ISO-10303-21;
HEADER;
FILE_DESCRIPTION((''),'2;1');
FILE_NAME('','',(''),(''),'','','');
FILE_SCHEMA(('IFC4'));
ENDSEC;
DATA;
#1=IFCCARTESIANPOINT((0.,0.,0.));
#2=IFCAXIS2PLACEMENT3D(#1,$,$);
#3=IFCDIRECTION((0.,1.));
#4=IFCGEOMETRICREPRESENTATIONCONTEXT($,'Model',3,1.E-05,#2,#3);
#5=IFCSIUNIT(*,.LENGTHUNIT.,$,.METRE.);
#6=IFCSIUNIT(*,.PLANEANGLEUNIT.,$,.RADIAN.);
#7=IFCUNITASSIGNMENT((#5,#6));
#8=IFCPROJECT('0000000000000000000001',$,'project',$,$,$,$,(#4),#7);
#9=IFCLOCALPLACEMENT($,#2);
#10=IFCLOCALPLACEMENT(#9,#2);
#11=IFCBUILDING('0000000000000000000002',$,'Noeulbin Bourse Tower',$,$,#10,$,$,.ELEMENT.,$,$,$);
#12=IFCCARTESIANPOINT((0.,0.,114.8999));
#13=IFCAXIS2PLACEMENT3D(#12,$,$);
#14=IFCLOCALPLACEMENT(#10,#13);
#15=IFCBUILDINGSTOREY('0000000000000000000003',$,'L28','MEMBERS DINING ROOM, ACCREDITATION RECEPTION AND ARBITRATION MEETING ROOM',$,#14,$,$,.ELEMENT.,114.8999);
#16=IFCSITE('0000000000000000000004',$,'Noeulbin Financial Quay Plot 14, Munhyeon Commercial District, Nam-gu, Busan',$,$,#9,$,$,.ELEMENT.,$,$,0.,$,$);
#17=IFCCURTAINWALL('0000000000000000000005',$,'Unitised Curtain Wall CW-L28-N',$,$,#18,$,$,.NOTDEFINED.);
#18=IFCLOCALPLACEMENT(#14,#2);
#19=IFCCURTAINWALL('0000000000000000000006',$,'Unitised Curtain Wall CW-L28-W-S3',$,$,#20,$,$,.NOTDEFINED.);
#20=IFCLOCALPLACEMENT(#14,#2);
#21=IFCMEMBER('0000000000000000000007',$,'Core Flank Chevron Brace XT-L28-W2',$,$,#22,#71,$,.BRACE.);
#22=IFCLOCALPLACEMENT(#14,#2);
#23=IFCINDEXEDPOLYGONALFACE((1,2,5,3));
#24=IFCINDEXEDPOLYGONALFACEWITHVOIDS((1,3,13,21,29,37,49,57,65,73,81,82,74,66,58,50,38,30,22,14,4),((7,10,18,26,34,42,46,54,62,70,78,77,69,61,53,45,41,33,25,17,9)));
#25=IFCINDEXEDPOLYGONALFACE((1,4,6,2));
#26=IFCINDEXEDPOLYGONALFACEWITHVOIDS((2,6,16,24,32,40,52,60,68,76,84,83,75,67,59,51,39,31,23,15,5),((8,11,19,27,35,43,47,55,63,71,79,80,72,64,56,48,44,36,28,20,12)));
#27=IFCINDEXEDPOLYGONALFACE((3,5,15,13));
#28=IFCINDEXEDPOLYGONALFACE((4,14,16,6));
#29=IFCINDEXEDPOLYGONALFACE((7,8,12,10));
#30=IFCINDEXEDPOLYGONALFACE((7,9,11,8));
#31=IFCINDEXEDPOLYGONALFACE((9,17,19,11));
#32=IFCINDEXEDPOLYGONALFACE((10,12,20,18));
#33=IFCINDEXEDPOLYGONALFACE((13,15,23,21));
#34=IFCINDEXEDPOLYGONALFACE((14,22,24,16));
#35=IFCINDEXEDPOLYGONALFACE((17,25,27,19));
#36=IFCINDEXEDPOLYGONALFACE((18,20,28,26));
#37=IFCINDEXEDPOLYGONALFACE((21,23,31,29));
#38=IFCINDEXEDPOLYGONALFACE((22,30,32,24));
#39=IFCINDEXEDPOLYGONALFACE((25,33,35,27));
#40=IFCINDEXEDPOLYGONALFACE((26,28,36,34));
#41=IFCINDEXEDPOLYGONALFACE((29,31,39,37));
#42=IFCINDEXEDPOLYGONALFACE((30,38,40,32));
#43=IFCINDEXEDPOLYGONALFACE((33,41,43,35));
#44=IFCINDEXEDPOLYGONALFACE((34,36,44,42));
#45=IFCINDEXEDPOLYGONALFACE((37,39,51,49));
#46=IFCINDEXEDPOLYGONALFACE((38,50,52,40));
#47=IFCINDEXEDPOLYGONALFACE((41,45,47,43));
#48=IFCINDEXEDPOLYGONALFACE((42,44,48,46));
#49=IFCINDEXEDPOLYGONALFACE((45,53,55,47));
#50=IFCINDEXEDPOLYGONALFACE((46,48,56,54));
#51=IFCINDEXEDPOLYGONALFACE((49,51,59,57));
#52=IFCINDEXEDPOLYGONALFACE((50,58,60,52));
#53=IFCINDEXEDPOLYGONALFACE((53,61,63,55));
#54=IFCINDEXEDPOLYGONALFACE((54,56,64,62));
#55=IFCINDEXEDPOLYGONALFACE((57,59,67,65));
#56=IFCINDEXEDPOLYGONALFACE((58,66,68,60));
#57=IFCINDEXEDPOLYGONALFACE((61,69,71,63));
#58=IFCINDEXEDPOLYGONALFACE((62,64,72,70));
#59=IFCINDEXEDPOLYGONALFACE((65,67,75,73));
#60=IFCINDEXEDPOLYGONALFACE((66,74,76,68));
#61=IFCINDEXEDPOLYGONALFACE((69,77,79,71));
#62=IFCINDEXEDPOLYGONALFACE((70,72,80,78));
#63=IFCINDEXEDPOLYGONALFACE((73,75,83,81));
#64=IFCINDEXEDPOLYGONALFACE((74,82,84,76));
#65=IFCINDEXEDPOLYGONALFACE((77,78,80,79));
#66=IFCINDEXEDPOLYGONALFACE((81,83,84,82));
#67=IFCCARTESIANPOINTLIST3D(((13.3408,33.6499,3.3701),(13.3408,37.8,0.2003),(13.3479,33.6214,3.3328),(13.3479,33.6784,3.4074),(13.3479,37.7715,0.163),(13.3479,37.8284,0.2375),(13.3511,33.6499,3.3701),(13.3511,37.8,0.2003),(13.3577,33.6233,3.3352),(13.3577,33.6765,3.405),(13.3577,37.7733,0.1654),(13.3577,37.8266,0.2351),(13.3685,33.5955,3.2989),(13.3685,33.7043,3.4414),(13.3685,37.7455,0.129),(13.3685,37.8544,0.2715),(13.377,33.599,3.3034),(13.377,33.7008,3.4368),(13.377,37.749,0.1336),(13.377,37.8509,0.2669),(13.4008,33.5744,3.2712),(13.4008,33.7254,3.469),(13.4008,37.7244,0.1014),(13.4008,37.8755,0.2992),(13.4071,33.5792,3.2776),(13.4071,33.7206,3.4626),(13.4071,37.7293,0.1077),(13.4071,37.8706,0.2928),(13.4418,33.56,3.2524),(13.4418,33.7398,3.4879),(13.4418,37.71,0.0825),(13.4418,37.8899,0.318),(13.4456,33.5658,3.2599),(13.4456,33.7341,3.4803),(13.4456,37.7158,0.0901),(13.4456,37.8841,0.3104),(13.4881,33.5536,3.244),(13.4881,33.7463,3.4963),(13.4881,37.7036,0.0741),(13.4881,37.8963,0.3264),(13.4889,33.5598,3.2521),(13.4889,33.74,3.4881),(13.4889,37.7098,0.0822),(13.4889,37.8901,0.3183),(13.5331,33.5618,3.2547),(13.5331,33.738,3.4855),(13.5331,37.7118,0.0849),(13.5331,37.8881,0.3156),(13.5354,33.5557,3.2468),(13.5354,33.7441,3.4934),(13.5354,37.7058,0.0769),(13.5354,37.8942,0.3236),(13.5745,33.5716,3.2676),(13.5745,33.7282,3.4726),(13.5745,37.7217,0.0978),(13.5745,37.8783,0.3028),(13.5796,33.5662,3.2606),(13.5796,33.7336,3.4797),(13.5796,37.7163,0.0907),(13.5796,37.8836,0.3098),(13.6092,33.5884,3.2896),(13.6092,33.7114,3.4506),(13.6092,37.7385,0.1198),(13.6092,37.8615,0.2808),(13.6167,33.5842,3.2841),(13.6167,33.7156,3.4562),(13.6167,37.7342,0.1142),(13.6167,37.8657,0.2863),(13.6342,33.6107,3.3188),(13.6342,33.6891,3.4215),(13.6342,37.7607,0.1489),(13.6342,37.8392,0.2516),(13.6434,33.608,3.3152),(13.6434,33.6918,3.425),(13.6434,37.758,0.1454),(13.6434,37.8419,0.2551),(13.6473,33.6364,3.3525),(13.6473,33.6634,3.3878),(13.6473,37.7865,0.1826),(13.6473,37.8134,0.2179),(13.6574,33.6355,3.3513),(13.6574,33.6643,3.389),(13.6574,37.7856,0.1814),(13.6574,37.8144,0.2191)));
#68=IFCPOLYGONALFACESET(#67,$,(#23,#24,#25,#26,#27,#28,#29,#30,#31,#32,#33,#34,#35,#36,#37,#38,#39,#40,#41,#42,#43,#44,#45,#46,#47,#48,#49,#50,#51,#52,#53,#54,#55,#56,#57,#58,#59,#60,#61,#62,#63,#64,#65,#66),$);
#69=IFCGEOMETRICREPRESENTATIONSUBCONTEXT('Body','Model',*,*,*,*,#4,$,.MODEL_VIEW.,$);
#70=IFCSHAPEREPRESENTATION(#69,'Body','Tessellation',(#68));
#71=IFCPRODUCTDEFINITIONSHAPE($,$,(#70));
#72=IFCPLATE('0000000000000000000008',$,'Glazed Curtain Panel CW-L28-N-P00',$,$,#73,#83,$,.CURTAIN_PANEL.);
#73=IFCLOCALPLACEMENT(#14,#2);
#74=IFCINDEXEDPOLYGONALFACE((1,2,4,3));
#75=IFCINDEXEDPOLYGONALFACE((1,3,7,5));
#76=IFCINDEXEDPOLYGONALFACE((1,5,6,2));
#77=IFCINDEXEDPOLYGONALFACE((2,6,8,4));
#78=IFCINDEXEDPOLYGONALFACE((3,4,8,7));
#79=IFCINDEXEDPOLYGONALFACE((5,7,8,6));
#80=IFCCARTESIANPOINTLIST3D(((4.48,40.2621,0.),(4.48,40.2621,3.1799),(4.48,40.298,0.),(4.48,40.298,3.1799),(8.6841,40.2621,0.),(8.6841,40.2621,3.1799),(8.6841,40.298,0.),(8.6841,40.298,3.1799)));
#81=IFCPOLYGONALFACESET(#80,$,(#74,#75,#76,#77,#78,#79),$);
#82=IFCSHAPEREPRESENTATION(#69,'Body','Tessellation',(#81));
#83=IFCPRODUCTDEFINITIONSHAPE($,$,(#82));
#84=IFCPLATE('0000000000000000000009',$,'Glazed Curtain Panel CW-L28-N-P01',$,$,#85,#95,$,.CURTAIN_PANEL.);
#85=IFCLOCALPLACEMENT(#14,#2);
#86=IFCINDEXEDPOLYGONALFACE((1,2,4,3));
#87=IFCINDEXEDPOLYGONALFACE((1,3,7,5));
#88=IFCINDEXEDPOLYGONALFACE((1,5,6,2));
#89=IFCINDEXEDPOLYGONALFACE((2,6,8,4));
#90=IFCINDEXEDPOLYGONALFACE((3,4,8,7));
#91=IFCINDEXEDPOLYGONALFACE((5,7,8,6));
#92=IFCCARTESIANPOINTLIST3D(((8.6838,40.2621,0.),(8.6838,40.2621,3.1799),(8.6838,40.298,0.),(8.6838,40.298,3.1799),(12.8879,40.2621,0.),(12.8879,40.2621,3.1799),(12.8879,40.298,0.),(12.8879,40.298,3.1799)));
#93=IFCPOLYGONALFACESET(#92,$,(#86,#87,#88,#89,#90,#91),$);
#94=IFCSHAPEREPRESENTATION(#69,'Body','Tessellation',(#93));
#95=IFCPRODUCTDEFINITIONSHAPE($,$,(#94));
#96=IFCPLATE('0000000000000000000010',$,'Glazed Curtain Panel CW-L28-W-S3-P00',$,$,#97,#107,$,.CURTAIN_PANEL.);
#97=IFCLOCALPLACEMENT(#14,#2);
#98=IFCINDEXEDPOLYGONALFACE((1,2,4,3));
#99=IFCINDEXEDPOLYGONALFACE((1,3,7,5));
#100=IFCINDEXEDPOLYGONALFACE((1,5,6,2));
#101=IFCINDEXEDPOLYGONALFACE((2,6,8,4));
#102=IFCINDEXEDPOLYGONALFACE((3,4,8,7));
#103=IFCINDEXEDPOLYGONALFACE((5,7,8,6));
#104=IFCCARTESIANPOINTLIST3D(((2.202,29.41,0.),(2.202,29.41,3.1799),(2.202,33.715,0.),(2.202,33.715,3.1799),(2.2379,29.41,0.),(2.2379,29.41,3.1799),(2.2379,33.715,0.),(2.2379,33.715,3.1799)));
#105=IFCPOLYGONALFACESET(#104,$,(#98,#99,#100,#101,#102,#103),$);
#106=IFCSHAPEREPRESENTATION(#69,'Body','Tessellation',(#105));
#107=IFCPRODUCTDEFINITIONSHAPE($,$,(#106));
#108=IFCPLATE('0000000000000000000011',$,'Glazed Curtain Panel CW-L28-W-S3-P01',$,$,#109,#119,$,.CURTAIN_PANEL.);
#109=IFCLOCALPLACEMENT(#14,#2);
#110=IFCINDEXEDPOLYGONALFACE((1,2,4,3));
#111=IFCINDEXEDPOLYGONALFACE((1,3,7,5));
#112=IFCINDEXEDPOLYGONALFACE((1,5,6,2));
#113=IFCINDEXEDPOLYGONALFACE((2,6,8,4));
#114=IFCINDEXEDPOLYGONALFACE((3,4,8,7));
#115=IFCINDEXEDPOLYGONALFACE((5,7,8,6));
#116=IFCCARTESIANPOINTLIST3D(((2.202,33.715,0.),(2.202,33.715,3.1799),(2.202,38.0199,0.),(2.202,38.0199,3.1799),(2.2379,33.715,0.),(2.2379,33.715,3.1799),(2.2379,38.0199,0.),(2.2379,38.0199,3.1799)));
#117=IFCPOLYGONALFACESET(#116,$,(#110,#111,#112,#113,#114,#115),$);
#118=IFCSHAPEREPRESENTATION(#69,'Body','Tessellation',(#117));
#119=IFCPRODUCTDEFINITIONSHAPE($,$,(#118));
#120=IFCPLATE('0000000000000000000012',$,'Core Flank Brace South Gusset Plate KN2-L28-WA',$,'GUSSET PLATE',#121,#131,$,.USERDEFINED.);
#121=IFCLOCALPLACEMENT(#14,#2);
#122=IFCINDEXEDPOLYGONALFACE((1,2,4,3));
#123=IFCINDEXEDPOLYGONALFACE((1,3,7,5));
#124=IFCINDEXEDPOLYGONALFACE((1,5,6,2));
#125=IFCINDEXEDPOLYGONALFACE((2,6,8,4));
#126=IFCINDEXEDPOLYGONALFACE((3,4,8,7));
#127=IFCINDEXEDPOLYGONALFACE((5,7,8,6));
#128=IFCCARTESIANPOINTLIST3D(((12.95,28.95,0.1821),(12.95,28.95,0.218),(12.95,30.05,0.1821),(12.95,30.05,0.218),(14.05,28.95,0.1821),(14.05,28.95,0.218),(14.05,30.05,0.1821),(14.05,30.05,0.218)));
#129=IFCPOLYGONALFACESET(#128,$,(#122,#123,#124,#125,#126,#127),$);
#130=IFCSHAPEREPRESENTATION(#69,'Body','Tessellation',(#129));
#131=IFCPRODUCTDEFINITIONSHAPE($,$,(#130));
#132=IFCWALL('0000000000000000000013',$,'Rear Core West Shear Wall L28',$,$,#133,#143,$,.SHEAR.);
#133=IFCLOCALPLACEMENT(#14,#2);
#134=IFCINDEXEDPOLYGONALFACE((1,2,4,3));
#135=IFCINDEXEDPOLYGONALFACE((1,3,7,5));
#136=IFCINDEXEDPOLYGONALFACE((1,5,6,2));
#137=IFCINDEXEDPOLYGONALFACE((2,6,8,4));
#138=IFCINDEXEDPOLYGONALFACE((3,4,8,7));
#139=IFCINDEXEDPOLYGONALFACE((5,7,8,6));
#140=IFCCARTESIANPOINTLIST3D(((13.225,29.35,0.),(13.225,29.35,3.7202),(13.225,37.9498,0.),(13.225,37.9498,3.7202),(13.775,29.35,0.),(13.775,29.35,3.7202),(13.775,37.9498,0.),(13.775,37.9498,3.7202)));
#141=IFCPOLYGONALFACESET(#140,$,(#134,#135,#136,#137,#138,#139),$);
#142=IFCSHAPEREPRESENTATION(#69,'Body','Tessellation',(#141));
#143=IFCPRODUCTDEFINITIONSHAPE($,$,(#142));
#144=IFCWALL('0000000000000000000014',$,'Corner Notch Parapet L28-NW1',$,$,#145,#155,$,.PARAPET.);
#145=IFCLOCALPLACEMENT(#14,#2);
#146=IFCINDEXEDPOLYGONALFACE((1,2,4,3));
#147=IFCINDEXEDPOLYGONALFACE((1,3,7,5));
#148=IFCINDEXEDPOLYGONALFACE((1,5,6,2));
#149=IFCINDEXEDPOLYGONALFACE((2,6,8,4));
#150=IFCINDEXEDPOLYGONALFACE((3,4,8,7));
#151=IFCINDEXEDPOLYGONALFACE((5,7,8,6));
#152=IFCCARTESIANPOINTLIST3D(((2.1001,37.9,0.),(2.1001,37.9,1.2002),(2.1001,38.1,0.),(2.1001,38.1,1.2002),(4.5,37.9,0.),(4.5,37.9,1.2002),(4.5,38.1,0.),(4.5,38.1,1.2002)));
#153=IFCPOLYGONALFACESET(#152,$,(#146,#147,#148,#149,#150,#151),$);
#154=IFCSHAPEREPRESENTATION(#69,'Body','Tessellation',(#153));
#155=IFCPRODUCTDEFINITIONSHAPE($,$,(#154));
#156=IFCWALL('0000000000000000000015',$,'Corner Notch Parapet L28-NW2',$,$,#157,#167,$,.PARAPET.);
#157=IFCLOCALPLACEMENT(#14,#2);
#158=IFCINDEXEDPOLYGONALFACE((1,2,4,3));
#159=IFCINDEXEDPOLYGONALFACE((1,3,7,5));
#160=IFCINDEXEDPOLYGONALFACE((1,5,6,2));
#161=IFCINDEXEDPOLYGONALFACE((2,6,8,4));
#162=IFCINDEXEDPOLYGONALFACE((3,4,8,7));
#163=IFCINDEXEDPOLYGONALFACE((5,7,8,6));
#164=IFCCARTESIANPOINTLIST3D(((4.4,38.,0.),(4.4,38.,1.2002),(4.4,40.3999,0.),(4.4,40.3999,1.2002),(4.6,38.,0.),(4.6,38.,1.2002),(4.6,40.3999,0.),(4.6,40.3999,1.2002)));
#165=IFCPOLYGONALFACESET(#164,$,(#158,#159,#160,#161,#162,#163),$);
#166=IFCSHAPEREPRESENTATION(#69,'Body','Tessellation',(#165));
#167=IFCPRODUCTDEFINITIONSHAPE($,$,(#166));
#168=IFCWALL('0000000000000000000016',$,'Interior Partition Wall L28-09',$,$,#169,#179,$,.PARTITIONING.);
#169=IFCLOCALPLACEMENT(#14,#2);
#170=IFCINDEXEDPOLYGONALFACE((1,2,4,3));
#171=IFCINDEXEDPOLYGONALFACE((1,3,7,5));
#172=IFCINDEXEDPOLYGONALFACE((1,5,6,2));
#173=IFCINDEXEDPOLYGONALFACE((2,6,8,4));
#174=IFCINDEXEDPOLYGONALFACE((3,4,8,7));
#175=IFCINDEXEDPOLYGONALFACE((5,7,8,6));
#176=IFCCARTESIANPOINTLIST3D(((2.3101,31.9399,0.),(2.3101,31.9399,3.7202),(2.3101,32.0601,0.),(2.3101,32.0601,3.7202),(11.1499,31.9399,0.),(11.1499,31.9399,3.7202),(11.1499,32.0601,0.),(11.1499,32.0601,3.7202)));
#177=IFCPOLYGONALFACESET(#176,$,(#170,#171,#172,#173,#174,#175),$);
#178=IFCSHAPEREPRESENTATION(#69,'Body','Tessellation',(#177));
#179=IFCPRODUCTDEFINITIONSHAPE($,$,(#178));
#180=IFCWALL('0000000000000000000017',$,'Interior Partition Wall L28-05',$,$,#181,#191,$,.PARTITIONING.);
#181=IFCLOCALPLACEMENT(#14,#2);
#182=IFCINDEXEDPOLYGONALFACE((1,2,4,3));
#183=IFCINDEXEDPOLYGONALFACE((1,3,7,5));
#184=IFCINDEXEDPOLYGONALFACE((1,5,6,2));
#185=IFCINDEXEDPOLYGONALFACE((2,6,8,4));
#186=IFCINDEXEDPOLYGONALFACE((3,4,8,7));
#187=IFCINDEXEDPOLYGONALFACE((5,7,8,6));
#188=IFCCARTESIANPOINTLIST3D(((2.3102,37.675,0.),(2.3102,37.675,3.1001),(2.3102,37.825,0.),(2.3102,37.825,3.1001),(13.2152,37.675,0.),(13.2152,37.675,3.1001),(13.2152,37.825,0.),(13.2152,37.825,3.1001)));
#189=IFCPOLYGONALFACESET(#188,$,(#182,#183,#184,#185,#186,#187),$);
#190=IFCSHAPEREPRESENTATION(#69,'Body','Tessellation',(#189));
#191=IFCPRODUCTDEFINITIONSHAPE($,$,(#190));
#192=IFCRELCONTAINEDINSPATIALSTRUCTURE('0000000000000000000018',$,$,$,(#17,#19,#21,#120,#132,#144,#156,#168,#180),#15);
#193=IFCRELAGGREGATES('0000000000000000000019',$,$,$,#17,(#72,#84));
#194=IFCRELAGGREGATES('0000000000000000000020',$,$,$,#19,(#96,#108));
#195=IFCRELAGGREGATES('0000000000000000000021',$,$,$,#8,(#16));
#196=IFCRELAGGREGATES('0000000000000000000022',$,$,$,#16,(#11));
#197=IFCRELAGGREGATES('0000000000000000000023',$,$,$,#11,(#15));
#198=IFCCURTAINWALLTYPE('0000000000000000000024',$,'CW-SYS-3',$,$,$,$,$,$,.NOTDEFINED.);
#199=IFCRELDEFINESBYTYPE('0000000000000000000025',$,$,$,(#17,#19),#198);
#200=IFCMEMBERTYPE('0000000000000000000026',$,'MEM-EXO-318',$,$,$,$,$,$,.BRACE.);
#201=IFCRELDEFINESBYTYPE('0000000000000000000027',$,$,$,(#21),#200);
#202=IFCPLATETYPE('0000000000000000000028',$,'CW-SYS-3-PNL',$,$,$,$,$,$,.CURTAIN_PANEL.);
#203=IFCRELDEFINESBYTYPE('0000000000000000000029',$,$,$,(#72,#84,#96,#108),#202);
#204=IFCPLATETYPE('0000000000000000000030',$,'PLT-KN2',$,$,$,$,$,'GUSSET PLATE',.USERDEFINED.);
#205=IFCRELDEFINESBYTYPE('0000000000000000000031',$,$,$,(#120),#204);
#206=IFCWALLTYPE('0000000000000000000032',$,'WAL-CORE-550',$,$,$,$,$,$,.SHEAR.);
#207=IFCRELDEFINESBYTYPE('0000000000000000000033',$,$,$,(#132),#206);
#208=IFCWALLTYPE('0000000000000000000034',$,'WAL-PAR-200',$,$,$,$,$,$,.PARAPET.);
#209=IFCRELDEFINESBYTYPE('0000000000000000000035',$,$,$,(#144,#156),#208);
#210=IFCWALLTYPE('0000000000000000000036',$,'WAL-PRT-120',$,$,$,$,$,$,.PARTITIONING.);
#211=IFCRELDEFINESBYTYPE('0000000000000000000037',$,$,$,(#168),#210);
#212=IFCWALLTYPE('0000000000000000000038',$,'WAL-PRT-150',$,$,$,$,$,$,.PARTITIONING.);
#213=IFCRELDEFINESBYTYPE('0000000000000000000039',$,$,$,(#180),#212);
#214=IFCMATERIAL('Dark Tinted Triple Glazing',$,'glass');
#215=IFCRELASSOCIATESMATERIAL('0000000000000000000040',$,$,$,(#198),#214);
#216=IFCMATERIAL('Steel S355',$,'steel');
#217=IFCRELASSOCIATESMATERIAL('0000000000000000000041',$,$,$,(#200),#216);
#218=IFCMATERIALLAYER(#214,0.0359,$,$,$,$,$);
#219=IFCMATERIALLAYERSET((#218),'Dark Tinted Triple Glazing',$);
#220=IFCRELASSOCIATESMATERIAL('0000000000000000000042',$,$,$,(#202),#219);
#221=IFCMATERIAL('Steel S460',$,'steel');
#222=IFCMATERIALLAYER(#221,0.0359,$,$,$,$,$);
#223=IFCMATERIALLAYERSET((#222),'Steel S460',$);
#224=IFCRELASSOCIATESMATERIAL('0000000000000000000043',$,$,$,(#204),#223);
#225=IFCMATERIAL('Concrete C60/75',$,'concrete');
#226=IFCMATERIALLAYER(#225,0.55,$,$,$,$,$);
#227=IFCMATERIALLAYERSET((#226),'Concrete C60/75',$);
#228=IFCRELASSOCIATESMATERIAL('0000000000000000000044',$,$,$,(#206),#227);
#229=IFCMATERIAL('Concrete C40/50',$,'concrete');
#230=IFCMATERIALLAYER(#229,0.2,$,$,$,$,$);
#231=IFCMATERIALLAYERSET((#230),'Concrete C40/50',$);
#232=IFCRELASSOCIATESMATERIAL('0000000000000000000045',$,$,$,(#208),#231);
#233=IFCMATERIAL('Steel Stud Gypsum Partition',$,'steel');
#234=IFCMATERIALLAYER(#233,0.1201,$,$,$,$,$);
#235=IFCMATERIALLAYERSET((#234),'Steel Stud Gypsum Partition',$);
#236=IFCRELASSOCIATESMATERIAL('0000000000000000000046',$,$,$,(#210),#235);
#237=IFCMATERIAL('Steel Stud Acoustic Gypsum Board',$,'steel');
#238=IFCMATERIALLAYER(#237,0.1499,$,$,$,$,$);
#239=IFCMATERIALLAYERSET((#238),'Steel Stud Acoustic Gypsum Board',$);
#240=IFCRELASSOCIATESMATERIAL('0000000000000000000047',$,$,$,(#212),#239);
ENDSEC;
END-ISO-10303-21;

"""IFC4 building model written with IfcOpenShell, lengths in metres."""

from ifc_helpers import new_model, si_unit, direction, frame, frame_2d, origin, origin_2d, place, context, subcontext, project, spatial, rectangle, hollow_circle, extrude, material, layer, layer_set, material_profile, profile_set, type_object, element, aggregate, save


model = new_model("IFC4")

# Units and contexts
model_context = context("Model", 3, precision=1e-05, world=origin(), true_north=direction((0.0, 1.0)))
body_context = subcontext(model_context, "Body", "Model", "MODEL_VIEW")
ifc_project = project(units=[si_unit("LENGTHUNIT", "METRE"), si_unit("PLANEANGLEUNIT", "RADIAN")], contexts=[model_context])

# Site, building, storey
site_placement = place(None, origin())
site = spatial("IfcSite", under=ifc_project, at=site_placement, Name="Noeulbin Financial Quay Plot 14, Munhyeon Commercial District, Nam-gu, Busan", CompositionType="ELEMENT", RefElevation=0.0)
building_placement = place(site_placement, origin())
building = spatial("IfcBuilding", under=site, at=building_placement, Name="Noeulbin Bourse Tower", CompositionType="ELEMENT")
storey_placement = place(building_placement, frame((0.0, 0.0, 114.8999)))
storey = spatial("IfcBuildingStorey", under=building, at=storey_placement, Name="L28", Description="MEMBERS DINING ROOM, ACCREDITATION RECEPTION AND ARBITRATION MEETING ROOM", CompositionType="ELEMENT", Elevation=114.8999)

# Curtain walls
ifc_material_1 = material(Name="Dark Tinted Triple Glazing", Category="glass")
curtain_wall_type = type_object("IfcCurtainWallType", Name="CW-SYS-3", PredefinedType="NOTDEFINED", material=ifc_material_1)
curtain_wall_1_placement = place(storey_placement, origin())
curtain_wall_1 = element("IfcCurtainWall", 1, at=curtain_wall_1_placement, inside=storey, type_object=curtain_wall_type, Name="Unitised Curtain Wall CW-L28-N", PredefinedType="NOTDEFINED")
curtain_wall_2_placement = place(storey_placement, origin())
curtain_wall_2 = element("IfcCurtainWall", 2, at=curtain_wall_2_placement, inside=storey, type_object=curtain_wall_type, Name="Unitised Curtain Wall CW-L28-W-S3", PredefinedType="NOTDEFINED")

# Member
ifc_material_2 = material(Name="Steel S355", Category="steel")
ifc_material_profile_1 = material_profile(ifc_material_2, hollow_circle(Radius=0.1592, WallThickness=0.0103, at=origin_2d()), Name="CHS-318.5x10.3", Category="LoadBearing")
ifc_profile_set_1 = profile_set([ifc_material_profile_1], Name="Steel S355")
member_type_1 = type_object("IfcMemberType", Name="MEM-EXO-318", PredefinedType="BRACE", material=ifc_profile_set_1)
for number, where, z_axis, x_axis, name in (
    (3, (13.5, 33.6499, 3.3701), (0.0, 0.794701, -0.607001), (-1.0, 0.0, 0.0), "Core Flank Chevron Brace XT-L28-W2"),
):
    element("IfcMember", number, at=place(storey_placement, frame(where, z_axis=z_axis, x_axis=x_axis)), inside=storey, type_object=member_type_1, Name=name, PredefinedType="BRACE", context=body_context, shape_type="SweptSolid", body=[
        extrude(hollow_circle(Radius=0.1592, WallThickness=0.0103, at=origin_2d()), origin(), (0.0, 0.0, 1.0), 5.2222),
    ])

# Plates
ifc_layer_1 = layer(ifc_material_1, 0.0359)
ifc_layer_set_1 = layer_set([ifc_layer_1], Name="Dark Tinted Triple Glazing")
plate_type_1 = type_object("IfcPlateType", Name="CW-SYS-3-PNL", PredefinedType="CURTAIN_PANEL", material=ifc_layer_set_1)
plate_1_placement = place(storey_placement, frame((6.582, 40.28, 0.0), z_axis=(0.0, 0.0, 1.0), x_axis=(1.0, 0.0, 0.0)))
plate_1 = element("IfcPlate", 4, at=plate_1_placement, type_object=plate_type_1, Name="Glazed Curtain Panel CW-L28-N-P00", PredefinedType="CURTAIN_PANEL", context=body_context, shape_type="SweptSolid", body=[
    extrude(rectangle(XDim=4.2041, YDim=0.0359, at=origin_2d()), origin(), (0.0, 0.0, 1.0), 3.1799),
])
plate_2_placement = place(storey_placement, frame((10.7859, 40.28, 0.0), z_axis=(0.0, 0.0, 1.0), x_axis=(1.0, 0.0, 0.0)))
plate_2 = element("IfcPlate", 5, at=plate_2_placement, type_object=plate_type_1, Name="Glazed Curtain Panel CW-L28-N-P01", PredefinedType="CURTAIN_PANEL", context=body_context, shape_type="SweptSolid", body=[
    extrude(rectangle(XDim=4.2041, YDim=0.0359, at=origin_2d()), origin(), (0.0, 0.0, 1.0), 3.1799),
])
aggregate(curtain_wall_1, [plate_1, plate_2])
plate_3_placement = place(storey_placement, frame((2.22, 31.5625, 0.0), z_axis=(0.0, 0.0, 1.0), x_axis=(0.0, 1.0, 0.0)))
plate_3 = element("IfcPlate", 6, at=plate_3_placement, type_object=plate_type_1, Name="Glazed Curtain Panel CW-L28-W-S3-P00", PredefinedType="CURTAIN_PANEL", context=body_context, shape_type="SweptSolid", body=[
    extrude(rectangle(XDim=4.3049, YDim=0.0359, at=origin_2d()), origin(), (0.0, 0.0, 1.0), 3.1799),
])
plate_4_placement = place(storey_placement, frame((2.22, 35.8674, 0.0), z_axis=(0.0, 0.0, 1.0), x_axis=(0.0, 1.0, 0.0)))
plate_4 = element("IfcPlate", 7, at=plate_4_placement, type_object=plate_type_1, Name="Glazed Curtain Panel CW-L28-W-S3-P01", PredefinedType="CURTAIN_PANEL", context=body_context, shape_type="SweptSolid", body=[
    extrude(rectangle(XDim=4.3049, YDim=0.0359, at=origin_2d()), origin(), (0.0, 0.0, 1.0), 3.1799),
])
aggregate(curtain_wall_2, [plate_3, plate_4])
ifc_material_3 = material(Name="Steel S460", Category="steel")
ifc_layer_2 = layer(ifc_material_3, 0.0359)
ifc_layer_set_2 = layer_set([ifc_layer_2], Name="Steel S460")
plate_type_2 = type_object("IfcPlateType", Name="PLT-KN2", ElementType="GUSSET PLATE", PredefinedType="USERDEFINED", material=ifc_layer_set_2)
plate_5_placement = place(storey_placement, frame((13.5, 29.5, 0.1821), z_axis=(0.0, 0.0, 1.0), x_axis=(1.0, 0.0, 0.0)))
element("IfcPlate", 8, at=plate_5_placement, inside=storey, type_object=plate_type_2, Name="Core Flank Brace South Gusset Plate KN2-L28-WA", ObjectType="GUSSET PLATE", PredefinedType="USERDEFINED", context=body_context, shape_type="SweptSolid", body=[
    extrude(rectangle(XDim=1.1001, YDim=1.1001, at=origin_2d()), origin(), (0.0, 0.0, 1.0), 0.0359),
])

# Walls
ifc_material_4 = material(Name="Concrete C60/75", Category="concrete")
ifc_layer_3 = layer(ifc_material_4, 0.55)
ifc_layer_set_3 = layer_set([ifc_layer_3], Name="Concrete C60/75")
wall_type_1 = type_object("IfcWallType", Name="WAL-CORE-550", PredefinedType="SHEAR", material=ifc_layer_set_3)
wall_1_placement = place(storey_placement, frame((13.5, 29.3501, 0.0), z_axis=(0.0, 0.0, 1.0), x_axis=(0.0, 1.0, 0.0)))
element("IfcWall", 9, at=wall_1_placement, inside=storey, type_object=wall_type_1, Name="Rear Core West Shear Wall L28", PredefinedType="SHEAR", context=body_context, shape_type="SweptSolid", body=[
    extrude(rectangle(XDim=8.5999, YDim=0.55, at=frame_2d((4.2998, 0.0))), origin(), (0.0, 0.0, 1.0), 3.7202),
])
ifc_material_5 = material(Name="Concrete C40/50", Category="concrete")
ifc_layer_4 = layer(ifc_material_5, 0.2)
ifc_layer_set_4 = layer_set([ifc_layer_4], Name="Concrete C40/50")
wall_type_2 = type_object("IfcWallType", Name="WAL-PAR-200", PredefinedType="PARAPET", material=ifc_layer_set_4)
for number, where, z_axis, x_axis, name in (
    (10, (2.1001, 38.0, 0.0), (0.0, 0.0, 1.0), (1.0, 0.0, 0.0), "Corner Notch Parapet L28-NW1"),
    (11, (4.5, 38.0, 0.0), (0.0, 0.0, 1.0), (0.0, 1.0, 0.0), "Corner Notch Parapet L28-NW2"),
):
    element("IfcWall", number, at=place(storey_placement, frame(where, z_axis=z_axis, x_axis=x_axis)), inside=storey, type_object=wall_type_2, Name=name, PredefinedType="PARAPET", context=body_context, shape_type="SweptSolid", body=[
        extrude(rectangle(XDim=2.3999, YDim=0.2, at=frame_2d((1.2, 0.0))), origin(), (0.0, 0.0, 1.0), 1.2002),
    ])
ifc_material_6 = material(Name="Steel Stud Gypsum Partition", Category="steel")
ifc_layer_5 = layer(ifc_material_6, 0.1201)
ifc_layer_set_5 = layer_set([ifc_layer_5], Name="Steel Stud Gypsum Partition")
wall_type_3 = type_object("IfcWallType", Name="WAL-PRT-120", PredefinedType="PARTITIONING", material=ifc_layer_set_5)
wall_2_placement = place(storey_placement, frame((2.3101, 32.0, 0.0), z_axis=(0.0, 0.0, 1.0), x_axis=(1.0, 0.0, 0.0)))
element("IfcWall", 12, at=wall_2_placement, inside=storey, type_object=wall_type_3, Name="Interior Partition Wall L28-09", PredefinedType="PARTITIONING", context=body_context, shape_type="SweptSolid", body=[
    extrude(rectangle(XDim=8.8398, YDim=0.1201, at=frame_2d((4.4199, 0.0))), origin(), (0.0, 0.0, 1.0), 3.7202),
])
ifc_material_7 = material(Name="Steel Stud Acoustic Gypsum Board", Category="steel")
ifc_layer_6 = layer(ifc_material_7, 0.1499)
ifc_layer_set_6 = layer_set([ifc_layer_6], Name="Steel Stud Acoustic Gypsum Board")
wall_type_4 = type_object("IfcWallType", Name="WAL-PRT-150", PredefinedType="PARTITIONING", material=ifc_layer_set_6)
wall_3_placement = place(storey_placement, frame((2.3101, 37.75, 0.0), z_axis=(0.0, 0.0, 1.0), x_axis=(1.0, 0.0, 0.0)))
element("IfcWall", 13, at=wall_3_placement, inside=storey, type_object=wall_type_4, Name="Interior Partition Wall L28-05", PredefinedType="PARTITIONING", context=body_context, shape_type="SweptSolid", body=[
    extrude(rectangle(XDim=10.905, YDim=0.1499, at=frame_2d((5.4526, 0.0))), origin(), (0.0, 0.0, 1.0), 3.1001),
])

save(model, "model.ifc")
